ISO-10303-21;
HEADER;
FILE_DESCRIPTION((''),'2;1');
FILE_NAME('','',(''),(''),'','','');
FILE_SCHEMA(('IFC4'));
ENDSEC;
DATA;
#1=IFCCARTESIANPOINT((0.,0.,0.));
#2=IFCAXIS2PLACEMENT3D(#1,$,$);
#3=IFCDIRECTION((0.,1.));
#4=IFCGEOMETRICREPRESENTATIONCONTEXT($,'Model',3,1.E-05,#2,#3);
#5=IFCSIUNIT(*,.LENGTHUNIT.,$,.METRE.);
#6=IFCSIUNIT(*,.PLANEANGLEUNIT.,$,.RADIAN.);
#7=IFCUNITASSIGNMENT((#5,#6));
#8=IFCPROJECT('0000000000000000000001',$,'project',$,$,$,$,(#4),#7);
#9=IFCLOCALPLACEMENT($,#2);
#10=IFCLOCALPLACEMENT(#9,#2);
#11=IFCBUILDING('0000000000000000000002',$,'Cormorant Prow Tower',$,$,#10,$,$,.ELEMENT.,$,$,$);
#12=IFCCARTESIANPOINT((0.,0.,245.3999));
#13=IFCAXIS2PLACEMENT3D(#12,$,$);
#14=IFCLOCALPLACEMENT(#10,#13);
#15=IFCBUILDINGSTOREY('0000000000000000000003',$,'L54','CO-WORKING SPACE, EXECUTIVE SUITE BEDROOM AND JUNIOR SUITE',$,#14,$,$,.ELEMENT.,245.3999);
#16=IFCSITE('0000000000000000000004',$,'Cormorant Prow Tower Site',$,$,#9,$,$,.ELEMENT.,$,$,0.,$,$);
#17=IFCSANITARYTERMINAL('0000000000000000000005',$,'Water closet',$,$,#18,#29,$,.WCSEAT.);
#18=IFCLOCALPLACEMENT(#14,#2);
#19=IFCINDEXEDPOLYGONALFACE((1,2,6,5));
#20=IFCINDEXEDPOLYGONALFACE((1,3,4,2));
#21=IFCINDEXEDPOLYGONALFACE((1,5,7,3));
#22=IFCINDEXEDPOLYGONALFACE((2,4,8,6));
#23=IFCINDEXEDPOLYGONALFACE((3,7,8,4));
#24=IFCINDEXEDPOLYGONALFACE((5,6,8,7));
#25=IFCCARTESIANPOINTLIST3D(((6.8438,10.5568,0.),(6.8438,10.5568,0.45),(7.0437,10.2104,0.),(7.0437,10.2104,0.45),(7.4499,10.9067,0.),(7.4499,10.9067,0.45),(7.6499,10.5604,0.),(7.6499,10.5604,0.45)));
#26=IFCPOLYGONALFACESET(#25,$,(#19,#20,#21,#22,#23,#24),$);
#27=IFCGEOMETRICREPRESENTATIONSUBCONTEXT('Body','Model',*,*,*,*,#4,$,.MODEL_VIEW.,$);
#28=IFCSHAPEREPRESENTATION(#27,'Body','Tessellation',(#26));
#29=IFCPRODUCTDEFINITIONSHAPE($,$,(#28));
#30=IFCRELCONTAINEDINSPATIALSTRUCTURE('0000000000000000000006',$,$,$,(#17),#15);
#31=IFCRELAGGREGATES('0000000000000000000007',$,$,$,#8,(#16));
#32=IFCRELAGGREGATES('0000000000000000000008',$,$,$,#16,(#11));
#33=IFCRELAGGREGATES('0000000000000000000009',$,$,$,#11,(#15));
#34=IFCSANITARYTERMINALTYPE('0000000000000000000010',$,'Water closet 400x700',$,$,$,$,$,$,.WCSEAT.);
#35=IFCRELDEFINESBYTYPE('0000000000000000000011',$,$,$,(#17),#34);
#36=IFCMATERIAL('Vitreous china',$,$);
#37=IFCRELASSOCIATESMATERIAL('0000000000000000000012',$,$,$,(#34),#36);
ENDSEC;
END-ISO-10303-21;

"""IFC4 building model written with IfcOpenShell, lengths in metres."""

from ifc_helpers import new_model, si_unit, direction, frame, origin, origin_2d, place, context, subcontext, project, spatial, rectangle, extrude, material, type_object, element, save


model = new_model("IFC4")

# Units and contexts
model_context = context("Model", 3, precision=1e-05, world=origin(), true_north=direction((0.0, 1.0)))
body_context = subcontext(model_context, "Body", "Model", "MODEL_VIEW")
ifc_project = project(units=[si_unit("LENGTHUNIT", "METRE"), si_unit("PLANEANGLEUNIT", "RADIAN")], contexts=[model_context])

# Site, building, storey
site_placement = place(None, origin())
site = spatial("IfcSite", under=ifc_project, at=site_placement, Name="Cormorant Prow Tower Site", CompositionType="ELEMENT", RefElevation=0.0)
building_placement = place(site_placement, origin())
building = spatial("IfcBuilding", under=site, at=building_placement, Name="Cormorant Prow Tower", CompositionType="ELEMENT")
storey_placement = place(building_placement, frame((0.0, 0.0, 245.3999)))
storey = spatial("IfcBuildingStorey", under=building, at=storey_placement, Name="L54", Description="CO-WORKING SPACE, EXECUTIVE SUITE BEDROOM AND JUNIOR SUITE", CompositionType="ELEMENT", Elevation=245.3999)

# Sanitary terminal
ifc_material_1 = material(Name="Vitreous china")
sanitary_terminal_type_1 = type_object("IfcSanitaryTerminalType", Name="Water closet 400x700", PredefinedType="WCSEAT", material=ifc_material_1)
sanitary_terminal_1_placement = place(storey_placement, frame((7.2468, 10.5586, 0.0), z_axis=(0.0, 0.0, 1.0), x_axis=(-0.5, 0.866025, 0.0)))
element("IfcSanitaryTerminal", 1, at=sanitary_terminal_1_placement, inside=storey, type_object=sanitary_terminal_type_1, Name="Water closet", PredefinedType="WCSEAT", context=body_context, shape_type="SweptSolid", body=[
    extrude(rectangle(XDim=0.3999, YDim=0.7, at=origin_2d()), origin(), (0.0, 0.0, 1.0), 0.45),
])

save(model, "model.ifc")
